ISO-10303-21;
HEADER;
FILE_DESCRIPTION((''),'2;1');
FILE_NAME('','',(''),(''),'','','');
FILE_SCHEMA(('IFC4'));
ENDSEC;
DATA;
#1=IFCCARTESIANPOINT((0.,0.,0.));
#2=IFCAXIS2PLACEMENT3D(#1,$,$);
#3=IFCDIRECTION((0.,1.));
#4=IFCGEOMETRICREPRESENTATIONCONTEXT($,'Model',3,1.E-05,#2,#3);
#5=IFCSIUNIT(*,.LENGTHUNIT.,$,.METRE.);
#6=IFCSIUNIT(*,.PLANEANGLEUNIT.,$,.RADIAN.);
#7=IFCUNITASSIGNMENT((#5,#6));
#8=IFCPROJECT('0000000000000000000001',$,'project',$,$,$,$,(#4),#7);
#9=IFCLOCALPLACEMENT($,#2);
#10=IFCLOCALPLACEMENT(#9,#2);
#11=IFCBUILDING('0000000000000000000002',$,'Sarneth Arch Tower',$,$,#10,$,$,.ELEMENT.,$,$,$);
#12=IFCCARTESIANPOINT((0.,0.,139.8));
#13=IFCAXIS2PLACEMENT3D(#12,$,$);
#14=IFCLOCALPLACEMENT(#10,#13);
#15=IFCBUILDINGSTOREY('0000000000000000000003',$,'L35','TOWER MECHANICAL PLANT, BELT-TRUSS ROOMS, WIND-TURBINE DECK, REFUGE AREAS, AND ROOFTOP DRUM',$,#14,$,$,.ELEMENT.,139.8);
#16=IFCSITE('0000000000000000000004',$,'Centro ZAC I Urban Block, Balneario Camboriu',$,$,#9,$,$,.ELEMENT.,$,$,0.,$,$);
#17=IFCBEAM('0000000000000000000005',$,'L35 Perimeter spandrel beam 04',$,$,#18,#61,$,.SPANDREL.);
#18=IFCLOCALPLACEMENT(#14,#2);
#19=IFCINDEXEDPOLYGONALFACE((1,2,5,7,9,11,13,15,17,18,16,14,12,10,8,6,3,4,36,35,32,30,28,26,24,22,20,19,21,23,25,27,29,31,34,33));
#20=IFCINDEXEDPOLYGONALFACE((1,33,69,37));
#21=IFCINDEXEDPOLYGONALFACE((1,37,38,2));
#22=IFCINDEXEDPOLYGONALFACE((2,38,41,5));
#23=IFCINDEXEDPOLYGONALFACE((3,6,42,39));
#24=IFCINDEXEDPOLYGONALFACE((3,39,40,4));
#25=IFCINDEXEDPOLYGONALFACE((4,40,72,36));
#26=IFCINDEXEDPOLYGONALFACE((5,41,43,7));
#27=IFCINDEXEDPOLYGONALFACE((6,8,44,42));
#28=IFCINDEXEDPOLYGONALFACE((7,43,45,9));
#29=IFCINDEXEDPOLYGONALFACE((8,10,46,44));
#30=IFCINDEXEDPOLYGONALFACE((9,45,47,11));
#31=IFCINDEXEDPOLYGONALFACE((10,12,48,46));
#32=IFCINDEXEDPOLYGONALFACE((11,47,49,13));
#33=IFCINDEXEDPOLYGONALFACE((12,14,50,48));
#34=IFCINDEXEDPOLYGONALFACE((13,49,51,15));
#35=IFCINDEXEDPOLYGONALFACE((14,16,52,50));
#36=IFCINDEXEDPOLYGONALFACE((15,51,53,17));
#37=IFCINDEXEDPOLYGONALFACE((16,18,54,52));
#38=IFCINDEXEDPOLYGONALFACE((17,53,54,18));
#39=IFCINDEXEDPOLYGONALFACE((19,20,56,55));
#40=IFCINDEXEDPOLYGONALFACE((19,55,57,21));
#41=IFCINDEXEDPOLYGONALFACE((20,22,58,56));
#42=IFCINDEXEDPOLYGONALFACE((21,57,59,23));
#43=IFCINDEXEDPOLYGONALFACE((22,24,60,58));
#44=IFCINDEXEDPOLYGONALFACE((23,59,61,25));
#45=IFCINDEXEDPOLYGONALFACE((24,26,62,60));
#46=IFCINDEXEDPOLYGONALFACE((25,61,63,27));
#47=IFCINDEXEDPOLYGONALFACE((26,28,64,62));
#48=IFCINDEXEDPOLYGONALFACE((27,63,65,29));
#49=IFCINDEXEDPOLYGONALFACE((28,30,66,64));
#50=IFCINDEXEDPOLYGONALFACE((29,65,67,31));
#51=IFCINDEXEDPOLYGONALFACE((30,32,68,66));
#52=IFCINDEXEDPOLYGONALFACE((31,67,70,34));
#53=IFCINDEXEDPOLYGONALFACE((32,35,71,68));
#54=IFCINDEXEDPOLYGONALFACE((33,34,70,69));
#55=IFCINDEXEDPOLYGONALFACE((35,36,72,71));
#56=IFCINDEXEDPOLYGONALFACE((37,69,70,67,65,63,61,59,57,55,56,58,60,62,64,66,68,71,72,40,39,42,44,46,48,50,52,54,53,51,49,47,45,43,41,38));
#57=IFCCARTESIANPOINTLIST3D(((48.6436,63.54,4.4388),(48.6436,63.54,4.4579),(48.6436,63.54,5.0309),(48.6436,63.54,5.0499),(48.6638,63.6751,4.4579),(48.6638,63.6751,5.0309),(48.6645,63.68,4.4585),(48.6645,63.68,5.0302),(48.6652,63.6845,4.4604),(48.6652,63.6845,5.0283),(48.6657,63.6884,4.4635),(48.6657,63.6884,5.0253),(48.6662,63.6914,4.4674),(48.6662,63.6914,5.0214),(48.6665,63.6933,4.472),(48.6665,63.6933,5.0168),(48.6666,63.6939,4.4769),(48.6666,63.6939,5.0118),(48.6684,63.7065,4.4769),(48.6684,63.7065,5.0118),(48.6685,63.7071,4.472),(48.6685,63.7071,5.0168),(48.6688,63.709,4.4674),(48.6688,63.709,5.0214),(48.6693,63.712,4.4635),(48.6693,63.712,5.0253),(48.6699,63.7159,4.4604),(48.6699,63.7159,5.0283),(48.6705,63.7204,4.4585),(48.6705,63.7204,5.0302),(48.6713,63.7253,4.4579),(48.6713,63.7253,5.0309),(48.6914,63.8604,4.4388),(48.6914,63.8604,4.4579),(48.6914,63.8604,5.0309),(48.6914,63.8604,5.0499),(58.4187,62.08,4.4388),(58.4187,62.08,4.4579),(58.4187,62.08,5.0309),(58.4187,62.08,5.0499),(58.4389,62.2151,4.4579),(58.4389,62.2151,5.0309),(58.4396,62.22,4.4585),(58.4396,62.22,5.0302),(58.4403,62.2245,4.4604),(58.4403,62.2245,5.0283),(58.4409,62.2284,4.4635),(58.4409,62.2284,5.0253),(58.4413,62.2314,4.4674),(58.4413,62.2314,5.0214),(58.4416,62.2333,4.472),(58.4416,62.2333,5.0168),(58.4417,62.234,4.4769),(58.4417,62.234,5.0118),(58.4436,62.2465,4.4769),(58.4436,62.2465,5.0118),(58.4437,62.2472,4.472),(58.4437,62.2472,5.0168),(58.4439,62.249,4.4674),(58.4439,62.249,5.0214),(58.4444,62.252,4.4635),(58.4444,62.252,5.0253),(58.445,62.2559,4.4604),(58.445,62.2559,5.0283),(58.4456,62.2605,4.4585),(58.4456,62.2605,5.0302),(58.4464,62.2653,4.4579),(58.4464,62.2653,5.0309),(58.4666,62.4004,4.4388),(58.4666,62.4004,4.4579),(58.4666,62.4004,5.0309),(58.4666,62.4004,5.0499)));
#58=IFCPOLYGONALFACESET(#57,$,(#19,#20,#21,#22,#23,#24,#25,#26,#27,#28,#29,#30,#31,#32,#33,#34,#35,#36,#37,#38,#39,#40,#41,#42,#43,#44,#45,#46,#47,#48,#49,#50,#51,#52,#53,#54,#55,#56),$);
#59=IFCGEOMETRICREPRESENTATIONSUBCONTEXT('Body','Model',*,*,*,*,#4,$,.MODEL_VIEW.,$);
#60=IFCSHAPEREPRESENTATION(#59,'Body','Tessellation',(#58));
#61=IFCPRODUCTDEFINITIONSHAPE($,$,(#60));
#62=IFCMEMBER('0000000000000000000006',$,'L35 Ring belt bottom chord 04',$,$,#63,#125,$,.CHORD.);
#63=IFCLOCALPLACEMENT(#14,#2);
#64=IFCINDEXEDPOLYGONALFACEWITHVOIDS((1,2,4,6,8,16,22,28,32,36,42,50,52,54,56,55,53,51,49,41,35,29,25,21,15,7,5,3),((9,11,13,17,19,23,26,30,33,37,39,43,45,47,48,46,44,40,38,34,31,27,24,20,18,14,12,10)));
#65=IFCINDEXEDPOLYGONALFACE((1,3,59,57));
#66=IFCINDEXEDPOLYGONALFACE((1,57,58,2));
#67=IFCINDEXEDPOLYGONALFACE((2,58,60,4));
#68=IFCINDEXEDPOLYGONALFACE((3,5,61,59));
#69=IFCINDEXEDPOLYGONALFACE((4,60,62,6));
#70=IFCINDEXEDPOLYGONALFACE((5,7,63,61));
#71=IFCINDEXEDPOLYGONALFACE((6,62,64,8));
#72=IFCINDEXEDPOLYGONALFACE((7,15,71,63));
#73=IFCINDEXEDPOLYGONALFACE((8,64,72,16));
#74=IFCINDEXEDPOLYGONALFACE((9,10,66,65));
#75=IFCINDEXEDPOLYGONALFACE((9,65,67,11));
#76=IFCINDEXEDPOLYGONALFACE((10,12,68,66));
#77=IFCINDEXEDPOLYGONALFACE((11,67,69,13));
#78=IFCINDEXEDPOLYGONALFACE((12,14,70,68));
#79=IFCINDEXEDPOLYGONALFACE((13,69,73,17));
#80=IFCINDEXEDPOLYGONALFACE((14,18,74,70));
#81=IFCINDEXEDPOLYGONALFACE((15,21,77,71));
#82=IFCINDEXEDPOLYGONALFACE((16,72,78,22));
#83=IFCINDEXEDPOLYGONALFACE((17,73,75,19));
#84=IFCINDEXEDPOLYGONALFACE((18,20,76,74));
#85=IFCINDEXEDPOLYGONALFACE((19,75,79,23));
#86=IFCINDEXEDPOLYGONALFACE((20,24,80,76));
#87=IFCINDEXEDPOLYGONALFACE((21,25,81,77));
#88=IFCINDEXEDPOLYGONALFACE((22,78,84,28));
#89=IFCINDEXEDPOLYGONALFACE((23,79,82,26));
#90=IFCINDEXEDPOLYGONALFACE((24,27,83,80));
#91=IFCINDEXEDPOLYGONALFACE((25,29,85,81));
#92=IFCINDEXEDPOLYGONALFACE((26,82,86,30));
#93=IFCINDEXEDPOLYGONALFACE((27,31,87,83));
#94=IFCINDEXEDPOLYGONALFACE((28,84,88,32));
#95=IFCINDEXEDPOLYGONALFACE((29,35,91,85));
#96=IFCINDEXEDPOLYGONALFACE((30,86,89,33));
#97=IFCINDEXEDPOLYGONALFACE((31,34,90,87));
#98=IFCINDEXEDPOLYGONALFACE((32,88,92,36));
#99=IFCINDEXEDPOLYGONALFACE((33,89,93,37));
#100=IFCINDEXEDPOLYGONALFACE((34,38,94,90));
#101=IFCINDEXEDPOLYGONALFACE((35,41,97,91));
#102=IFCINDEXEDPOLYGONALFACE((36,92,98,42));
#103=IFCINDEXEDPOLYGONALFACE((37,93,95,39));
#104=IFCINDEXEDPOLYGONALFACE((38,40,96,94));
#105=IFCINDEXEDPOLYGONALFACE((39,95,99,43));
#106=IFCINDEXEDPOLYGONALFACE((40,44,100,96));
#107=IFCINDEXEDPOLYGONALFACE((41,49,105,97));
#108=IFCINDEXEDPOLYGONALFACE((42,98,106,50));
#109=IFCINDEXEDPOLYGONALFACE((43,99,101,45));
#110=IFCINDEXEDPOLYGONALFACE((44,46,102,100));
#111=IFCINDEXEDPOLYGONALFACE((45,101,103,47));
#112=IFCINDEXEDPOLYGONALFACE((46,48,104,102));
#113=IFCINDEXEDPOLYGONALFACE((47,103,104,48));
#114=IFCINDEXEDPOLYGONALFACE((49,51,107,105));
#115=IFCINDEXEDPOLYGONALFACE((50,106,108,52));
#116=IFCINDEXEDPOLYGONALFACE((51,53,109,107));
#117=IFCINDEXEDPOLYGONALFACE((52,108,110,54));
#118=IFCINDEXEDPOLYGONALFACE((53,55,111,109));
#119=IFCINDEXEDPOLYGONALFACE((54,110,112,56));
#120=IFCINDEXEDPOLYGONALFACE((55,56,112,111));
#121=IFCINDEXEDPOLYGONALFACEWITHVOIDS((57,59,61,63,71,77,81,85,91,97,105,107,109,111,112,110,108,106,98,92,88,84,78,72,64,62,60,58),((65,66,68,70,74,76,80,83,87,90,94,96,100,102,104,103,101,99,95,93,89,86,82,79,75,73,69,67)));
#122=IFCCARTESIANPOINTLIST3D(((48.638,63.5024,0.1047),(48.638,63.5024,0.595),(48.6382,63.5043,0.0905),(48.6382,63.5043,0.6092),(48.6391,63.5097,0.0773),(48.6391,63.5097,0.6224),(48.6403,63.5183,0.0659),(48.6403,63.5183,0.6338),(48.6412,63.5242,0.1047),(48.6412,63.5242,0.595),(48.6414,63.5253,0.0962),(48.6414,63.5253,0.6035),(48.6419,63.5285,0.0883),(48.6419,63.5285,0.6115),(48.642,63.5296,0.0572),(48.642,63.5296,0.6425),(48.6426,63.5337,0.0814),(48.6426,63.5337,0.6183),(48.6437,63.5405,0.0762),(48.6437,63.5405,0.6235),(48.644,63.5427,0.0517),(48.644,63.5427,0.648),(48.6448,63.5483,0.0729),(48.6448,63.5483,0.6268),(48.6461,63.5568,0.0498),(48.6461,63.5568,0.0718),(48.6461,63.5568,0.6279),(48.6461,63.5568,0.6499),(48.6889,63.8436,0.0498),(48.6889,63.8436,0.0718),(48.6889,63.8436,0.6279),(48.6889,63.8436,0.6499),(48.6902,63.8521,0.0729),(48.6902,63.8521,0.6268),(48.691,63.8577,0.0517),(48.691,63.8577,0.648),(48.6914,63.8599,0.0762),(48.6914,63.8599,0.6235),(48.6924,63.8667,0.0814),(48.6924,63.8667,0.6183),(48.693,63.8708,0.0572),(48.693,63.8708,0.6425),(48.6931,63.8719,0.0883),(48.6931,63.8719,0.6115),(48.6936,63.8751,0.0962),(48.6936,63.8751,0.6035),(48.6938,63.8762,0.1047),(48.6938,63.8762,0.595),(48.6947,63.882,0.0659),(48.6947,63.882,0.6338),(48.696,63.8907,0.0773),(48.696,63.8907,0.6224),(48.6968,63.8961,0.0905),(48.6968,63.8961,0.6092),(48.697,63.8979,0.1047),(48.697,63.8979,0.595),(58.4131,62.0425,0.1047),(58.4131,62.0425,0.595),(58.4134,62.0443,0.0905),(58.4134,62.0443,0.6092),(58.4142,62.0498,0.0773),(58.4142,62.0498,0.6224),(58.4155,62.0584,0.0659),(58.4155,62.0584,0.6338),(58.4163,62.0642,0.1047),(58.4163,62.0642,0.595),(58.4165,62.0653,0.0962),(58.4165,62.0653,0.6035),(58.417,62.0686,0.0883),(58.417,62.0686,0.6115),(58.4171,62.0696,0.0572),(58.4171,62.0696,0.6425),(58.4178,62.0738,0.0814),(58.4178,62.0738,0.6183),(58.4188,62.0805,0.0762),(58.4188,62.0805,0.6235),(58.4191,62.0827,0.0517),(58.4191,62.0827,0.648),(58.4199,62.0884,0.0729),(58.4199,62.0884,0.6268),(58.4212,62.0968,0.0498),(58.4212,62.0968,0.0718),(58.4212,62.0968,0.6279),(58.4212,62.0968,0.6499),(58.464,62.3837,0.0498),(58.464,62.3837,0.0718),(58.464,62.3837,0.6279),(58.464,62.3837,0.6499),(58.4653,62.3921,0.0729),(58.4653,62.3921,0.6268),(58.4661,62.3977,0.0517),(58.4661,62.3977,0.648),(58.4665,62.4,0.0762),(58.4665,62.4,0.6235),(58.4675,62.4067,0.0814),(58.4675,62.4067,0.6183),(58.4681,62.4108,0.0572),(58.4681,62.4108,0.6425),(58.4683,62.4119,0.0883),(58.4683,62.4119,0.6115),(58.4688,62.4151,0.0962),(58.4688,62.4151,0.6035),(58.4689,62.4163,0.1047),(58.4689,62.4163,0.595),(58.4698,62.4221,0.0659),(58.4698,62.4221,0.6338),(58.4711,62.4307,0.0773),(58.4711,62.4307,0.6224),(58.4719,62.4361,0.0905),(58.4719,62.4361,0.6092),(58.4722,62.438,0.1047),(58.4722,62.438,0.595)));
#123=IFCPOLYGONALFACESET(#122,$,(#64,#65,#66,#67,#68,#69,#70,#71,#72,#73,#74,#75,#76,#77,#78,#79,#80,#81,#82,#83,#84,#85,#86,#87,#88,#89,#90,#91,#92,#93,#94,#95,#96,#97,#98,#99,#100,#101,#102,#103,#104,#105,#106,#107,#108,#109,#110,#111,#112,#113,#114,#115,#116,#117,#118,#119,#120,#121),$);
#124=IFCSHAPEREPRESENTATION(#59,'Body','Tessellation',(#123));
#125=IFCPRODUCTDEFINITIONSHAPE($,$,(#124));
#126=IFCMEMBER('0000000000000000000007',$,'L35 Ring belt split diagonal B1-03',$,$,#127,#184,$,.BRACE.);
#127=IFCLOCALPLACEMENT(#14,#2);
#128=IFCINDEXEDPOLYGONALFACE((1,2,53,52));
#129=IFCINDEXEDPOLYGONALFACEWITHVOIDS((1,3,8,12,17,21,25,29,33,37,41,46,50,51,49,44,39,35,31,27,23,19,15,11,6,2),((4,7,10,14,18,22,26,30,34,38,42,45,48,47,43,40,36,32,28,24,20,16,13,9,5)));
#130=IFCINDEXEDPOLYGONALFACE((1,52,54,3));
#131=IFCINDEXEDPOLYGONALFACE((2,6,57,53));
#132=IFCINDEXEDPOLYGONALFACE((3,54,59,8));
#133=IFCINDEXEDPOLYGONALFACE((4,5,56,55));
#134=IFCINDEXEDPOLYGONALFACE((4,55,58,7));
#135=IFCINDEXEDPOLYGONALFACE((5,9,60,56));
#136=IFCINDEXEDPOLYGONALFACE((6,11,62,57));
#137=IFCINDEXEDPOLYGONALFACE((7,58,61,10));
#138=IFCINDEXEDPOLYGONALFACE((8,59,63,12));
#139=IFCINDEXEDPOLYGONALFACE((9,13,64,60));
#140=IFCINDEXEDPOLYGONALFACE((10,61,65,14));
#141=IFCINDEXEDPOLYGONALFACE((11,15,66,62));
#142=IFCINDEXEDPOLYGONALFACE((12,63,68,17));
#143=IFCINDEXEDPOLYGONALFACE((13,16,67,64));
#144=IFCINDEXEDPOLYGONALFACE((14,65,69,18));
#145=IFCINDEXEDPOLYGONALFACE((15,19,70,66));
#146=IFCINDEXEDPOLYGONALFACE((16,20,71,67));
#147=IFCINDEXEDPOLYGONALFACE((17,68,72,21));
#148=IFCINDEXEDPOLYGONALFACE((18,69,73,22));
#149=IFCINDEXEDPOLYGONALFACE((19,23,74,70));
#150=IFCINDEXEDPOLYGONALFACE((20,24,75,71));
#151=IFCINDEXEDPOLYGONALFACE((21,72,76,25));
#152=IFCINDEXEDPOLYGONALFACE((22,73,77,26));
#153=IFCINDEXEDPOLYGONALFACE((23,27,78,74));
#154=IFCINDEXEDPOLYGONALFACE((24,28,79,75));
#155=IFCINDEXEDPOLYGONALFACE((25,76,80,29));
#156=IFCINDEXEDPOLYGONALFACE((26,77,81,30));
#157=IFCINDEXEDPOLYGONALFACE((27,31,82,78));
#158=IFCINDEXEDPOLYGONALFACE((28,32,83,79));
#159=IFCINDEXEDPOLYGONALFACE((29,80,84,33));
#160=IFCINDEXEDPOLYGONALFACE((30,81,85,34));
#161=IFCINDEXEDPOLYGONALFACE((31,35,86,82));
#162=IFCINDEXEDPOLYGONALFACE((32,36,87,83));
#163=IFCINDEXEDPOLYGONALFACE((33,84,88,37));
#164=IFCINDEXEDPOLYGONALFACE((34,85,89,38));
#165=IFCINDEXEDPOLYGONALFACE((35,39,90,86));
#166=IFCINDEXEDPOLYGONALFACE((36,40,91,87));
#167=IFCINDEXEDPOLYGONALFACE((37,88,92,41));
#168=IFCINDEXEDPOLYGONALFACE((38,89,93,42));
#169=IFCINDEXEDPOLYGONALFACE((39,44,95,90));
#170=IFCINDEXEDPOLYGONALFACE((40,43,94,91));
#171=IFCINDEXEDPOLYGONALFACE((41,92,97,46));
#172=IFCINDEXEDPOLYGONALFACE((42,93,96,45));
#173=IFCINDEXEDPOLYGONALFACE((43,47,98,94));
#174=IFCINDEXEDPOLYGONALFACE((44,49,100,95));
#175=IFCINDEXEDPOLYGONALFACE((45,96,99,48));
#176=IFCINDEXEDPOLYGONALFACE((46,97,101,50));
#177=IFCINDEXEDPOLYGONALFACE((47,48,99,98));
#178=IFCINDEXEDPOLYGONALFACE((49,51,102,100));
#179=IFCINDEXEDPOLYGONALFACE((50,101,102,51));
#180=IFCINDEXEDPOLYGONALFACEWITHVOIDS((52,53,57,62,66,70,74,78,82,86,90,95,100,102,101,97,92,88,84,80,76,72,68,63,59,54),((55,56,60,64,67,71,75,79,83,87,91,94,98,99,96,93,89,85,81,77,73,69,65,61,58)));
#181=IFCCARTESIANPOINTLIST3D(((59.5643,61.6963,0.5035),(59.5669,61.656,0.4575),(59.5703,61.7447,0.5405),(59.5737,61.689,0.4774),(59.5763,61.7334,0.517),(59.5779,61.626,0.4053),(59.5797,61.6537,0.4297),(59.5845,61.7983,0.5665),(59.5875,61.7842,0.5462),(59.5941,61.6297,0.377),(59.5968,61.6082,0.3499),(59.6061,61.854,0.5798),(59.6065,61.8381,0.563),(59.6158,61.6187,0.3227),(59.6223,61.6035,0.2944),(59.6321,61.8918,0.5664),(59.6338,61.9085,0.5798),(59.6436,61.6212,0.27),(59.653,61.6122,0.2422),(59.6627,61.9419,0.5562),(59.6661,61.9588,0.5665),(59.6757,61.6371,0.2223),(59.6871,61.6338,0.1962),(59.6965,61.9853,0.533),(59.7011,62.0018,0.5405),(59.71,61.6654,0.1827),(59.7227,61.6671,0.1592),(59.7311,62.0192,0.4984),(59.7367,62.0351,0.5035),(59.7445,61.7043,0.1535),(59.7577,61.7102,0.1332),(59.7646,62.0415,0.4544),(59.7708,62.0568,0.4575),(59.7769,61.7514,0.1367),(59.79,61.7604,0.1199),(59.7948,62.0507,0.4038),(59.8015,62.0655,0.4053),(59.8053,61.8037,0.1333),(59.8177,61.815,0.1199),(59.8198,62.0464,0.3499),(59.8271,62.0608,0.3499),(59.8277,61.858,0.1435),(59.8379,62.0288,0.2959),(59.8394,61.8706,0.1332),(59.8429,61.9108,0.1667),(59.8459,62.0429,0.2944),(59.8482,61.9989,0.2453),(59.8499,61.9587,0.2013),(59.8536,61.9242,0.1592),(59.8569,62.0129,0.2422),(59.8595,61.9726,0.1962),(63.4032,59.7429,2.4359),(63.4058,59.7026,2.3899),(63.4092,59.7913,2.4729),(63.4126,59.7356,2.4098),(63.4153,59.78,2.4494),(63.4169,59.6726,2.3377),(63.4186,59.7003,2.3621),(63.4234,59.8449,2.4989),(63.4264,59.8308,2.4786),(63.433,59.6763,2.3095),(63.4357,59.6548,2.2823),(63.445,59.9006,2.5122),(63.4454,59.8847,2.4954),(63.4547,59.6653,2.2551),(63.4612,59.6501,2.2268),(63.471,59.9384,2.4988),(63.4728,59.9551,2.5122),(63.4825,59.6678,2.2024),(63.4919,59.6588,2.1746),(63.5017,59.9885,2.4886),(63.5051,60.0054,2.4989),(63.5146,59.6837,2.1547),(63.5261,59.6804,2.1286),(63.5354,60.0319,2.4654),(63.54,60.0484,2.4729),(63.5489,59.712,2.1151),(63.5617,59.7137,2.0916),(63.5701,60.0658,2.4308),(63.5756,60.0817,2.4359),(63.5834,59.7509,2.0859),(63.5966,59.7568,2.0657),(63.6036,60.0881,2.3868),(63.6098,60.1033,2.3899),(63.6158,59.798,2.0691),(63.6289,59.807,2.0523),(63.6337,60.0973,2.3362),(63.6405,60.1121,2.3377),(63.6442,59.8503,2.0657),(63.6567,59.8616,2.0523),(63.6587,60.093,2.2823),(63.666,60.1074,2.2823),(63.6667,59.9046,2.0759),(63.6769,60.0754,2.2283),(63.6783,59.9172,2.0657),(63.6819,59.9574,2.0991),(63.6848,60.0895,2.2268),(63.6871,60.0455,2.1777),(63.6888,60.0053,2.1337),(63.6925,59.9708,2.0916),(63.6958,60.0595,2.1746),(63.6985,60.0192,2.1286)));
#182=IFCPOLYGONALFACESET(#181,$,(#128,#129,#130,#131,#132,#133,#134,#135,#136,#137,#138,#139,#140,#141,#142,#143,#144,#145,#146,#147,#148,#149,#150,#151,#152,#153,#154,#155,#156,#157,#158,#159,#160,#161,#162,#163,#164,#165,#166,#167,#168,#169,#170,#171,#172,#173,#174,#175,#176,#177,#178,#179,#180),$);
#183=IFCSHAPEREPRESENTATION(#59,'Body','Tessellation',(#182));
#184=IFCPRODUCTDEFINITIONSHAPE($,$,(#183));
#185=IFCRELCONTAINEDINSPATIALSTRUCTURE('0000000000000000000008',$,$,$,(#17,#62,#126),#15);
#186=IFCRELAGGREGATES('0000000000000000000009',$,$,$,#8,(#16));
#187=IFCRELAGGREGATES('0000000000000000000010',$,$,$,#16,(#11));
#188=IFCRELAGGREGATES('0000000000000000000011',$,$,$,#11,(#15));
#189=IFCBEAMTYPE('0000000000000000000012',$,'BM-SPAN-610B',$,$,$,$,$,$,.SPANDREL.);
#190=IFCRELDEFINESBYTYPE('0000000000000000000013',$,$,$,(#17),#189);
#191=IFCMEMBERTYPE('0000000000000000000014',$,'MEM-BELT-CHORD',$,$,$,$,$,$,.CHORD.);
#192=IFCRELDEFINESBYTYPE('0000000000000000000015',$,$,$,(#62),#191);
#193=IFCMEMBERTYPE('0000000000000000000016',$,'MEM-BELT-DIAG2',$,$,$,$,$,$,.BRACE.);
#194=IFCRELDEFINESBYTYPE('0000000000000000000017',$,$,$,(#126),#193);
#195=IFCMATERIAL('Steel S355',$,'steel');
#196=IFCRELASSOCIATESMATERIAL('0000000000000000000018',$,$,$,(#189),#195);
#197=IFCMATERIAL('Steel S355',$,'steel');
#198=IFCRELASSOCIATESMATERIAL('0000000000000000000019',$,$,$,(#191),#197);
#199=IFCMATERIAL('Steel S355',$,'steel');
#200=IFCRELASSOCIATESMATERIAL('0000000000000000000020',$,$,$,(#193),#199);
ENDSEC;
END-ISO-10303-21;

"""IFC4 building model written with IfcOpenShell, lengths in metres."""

from ifc_helpers import new_model, si_unit, direction, frame, origin, origin_2d, place, context, subcontext, project, spatial, hollow_rectangle, hollow_circle, i_section, extrude, material, material_profile, profile_set, type_object, element, save


model = new_model("IFC4")

# Units and contexts
model_context = context("Model", 3, precision=1e-05, world=origin(), true_north=direction((0.0, 1.0)))
body_context = subcontext(model_context, "Body", "Model", "MODEL_VIEW")
ifc_project = project(units=[si_unit("LENGTHUNIT", "METRE"), si_unit("PLANEANGLEUNIT", "RADIAN")], contexts=[model_context])

# Site, building, storey
site_placement = place(None, origin())
site = spatial("IfcSite", under=ifc_project, at=site_placement, Name="Centro ZAC I Urban Block, Balneario Camboriu", CompositionType="ELEMENT", RefElevation=0.0)
building_placement = place(site_placement, origin())
building = spatial("IfcBuilding", under=site, at=building_placement, Name="Sarneth Arch Tower", CompositionType="ELEMENT")
storey_placement = place(building_placement, frame((0.0, 0.0, 139.8)))
storey = spatial("IfcBuildingStorey", under=building, at=storey_placement, Name="L35", Description="TOWER MECHANICAL PLANT, BELT-TRUSS ROOMS, WIND-TURBINE DECK, REFUGE AREAS, AND ROOFTOP DRUM", CompositionType="ELEMENT", Elevation=139.8)

# Beam
ifc_material_1 = material(Name="Steel S355", Category="steel")
ifc_material_profile_1 = material_profile(ifc_material_1, i_section(OverallWidth=0.324, OverallDepth=0.6111, WebThickness=0.0127, FlangeThickness=0.019, FilletRadius=0.019, at=origin_2d()), Name="W610x155")
ifc_profile_set_1 = profile_set([ifc_material_profile_1], Name="Steel S355")
beam_type_1 = type_object("IfcBeamType", Name="BM-SPAN-610B", PredefinedType="SPANDREL", material=ifc_profile_set_1)
beam_1_placement = place(storey_placement, frame((58.4426, 62.2402, 4.7444), z_axis=(-0.98903, 0.147716, 0.0), x_axis=(-0.147716, -0.98903, 0.0)))
element("IfcBeam", 1, at=beam_1_placement, inside=storey, type_object=beam_type_1, Name="L35 Perimeter spandrel beam 04", PredefinedType="SPANDREL", context=body_context, shape_type="SweptSolid", body=[
    extrude(i_section(OverallWidth=0.324, OverallDepth=0.6111, WebThickness=0.0127, FlangeThickness=0.019, FilletRadius=0.019, at=origin_2d()), origin(), (0.0, 0.0, 1.0), 9.8835),
])

# Members
ifc_material_2 = material(Name="Steel S355", Category="steel")
ifc_material_profile_2 = material_profile(ifc_material_2, hollow_rectangle(XDim=0.3999, YDim=0.6001, WallThickness=0.022, InnerFilletRadius=0.033, OuterFilletRadius=0.0549, at=origin_2d()), Name="RHS600x400x22")
ifc_profile_set_2 = profile_set([ifc_material_profile_2], Name="Steel S355")
member_type_1 = type_object("IfcMemberType", Name="MEM-BELT-CHORD", PredefinedType="CHORD", material=ifc_profile_set_2)
member_1_placement = place(storey_placement, frame((58.4426, 62.2402, 0.3499), z_axis=(-0.98903, 0.147716, 0.0), x_axis=(-0.147716, -0.98903, 0.0)))
element("IfcMember", 2, at=member_1_placement, inside=storey, type_object=member_type_1, Name="L35 Ring belt bottom chord 04", PredefinedType="CHORD", context=body_context, shape_type="SweptSolid", body=[
    extrude(hollow_rectangle(XDim=0.3999, YDim=0.6001, WallThickness=0.022, InnerFilletRadius=0.033, OuterFilletRadius=0.0549, at=origin_2d()), origin(), (0.0, 0.0, 1.0), 9.8835),
])
ifc_material_3 = material(Name="Steel S355", Category="steel")
ifc_material_profile_3 = material_profile(ifc_material_3, hollow_circle(Radius=0.2539, WallThickness=0.0161, at=origin_2d()), Name="CHS508x16")
ifc_profile_set_3 = profile_set([ifc_material_profile_3], Name="Steel S355")
member_type_2 = type_object("IfcMemberType", Name="MEM-BELT-DIAG2", PredefinedType="BRACE", material=ifc_profile_set_3)
member_2_placement = place(storey_placement, frame((59.7119, 61.8345, 0.3499), z_axis=(0.813169, -0.413773, 0.409326), x_axis=(0.453505, 0.891254, 0.0)))
element("IfcMember", 3, at=member_2_placement, inside=storey, type_object=member_type_2, Name="L35 Ring belt split diagonal B1-03", PredefinedType="BRACE", context=body_context, shape_type="SweptSolid", body=[
    extrude(hollow_circle(Radius=0.2539, WallThickness=0.0161, at=origin_2d()), origin(), (0.0, 0.0, 1.0), 4.7209),
])

save(model, "model.ifc")
